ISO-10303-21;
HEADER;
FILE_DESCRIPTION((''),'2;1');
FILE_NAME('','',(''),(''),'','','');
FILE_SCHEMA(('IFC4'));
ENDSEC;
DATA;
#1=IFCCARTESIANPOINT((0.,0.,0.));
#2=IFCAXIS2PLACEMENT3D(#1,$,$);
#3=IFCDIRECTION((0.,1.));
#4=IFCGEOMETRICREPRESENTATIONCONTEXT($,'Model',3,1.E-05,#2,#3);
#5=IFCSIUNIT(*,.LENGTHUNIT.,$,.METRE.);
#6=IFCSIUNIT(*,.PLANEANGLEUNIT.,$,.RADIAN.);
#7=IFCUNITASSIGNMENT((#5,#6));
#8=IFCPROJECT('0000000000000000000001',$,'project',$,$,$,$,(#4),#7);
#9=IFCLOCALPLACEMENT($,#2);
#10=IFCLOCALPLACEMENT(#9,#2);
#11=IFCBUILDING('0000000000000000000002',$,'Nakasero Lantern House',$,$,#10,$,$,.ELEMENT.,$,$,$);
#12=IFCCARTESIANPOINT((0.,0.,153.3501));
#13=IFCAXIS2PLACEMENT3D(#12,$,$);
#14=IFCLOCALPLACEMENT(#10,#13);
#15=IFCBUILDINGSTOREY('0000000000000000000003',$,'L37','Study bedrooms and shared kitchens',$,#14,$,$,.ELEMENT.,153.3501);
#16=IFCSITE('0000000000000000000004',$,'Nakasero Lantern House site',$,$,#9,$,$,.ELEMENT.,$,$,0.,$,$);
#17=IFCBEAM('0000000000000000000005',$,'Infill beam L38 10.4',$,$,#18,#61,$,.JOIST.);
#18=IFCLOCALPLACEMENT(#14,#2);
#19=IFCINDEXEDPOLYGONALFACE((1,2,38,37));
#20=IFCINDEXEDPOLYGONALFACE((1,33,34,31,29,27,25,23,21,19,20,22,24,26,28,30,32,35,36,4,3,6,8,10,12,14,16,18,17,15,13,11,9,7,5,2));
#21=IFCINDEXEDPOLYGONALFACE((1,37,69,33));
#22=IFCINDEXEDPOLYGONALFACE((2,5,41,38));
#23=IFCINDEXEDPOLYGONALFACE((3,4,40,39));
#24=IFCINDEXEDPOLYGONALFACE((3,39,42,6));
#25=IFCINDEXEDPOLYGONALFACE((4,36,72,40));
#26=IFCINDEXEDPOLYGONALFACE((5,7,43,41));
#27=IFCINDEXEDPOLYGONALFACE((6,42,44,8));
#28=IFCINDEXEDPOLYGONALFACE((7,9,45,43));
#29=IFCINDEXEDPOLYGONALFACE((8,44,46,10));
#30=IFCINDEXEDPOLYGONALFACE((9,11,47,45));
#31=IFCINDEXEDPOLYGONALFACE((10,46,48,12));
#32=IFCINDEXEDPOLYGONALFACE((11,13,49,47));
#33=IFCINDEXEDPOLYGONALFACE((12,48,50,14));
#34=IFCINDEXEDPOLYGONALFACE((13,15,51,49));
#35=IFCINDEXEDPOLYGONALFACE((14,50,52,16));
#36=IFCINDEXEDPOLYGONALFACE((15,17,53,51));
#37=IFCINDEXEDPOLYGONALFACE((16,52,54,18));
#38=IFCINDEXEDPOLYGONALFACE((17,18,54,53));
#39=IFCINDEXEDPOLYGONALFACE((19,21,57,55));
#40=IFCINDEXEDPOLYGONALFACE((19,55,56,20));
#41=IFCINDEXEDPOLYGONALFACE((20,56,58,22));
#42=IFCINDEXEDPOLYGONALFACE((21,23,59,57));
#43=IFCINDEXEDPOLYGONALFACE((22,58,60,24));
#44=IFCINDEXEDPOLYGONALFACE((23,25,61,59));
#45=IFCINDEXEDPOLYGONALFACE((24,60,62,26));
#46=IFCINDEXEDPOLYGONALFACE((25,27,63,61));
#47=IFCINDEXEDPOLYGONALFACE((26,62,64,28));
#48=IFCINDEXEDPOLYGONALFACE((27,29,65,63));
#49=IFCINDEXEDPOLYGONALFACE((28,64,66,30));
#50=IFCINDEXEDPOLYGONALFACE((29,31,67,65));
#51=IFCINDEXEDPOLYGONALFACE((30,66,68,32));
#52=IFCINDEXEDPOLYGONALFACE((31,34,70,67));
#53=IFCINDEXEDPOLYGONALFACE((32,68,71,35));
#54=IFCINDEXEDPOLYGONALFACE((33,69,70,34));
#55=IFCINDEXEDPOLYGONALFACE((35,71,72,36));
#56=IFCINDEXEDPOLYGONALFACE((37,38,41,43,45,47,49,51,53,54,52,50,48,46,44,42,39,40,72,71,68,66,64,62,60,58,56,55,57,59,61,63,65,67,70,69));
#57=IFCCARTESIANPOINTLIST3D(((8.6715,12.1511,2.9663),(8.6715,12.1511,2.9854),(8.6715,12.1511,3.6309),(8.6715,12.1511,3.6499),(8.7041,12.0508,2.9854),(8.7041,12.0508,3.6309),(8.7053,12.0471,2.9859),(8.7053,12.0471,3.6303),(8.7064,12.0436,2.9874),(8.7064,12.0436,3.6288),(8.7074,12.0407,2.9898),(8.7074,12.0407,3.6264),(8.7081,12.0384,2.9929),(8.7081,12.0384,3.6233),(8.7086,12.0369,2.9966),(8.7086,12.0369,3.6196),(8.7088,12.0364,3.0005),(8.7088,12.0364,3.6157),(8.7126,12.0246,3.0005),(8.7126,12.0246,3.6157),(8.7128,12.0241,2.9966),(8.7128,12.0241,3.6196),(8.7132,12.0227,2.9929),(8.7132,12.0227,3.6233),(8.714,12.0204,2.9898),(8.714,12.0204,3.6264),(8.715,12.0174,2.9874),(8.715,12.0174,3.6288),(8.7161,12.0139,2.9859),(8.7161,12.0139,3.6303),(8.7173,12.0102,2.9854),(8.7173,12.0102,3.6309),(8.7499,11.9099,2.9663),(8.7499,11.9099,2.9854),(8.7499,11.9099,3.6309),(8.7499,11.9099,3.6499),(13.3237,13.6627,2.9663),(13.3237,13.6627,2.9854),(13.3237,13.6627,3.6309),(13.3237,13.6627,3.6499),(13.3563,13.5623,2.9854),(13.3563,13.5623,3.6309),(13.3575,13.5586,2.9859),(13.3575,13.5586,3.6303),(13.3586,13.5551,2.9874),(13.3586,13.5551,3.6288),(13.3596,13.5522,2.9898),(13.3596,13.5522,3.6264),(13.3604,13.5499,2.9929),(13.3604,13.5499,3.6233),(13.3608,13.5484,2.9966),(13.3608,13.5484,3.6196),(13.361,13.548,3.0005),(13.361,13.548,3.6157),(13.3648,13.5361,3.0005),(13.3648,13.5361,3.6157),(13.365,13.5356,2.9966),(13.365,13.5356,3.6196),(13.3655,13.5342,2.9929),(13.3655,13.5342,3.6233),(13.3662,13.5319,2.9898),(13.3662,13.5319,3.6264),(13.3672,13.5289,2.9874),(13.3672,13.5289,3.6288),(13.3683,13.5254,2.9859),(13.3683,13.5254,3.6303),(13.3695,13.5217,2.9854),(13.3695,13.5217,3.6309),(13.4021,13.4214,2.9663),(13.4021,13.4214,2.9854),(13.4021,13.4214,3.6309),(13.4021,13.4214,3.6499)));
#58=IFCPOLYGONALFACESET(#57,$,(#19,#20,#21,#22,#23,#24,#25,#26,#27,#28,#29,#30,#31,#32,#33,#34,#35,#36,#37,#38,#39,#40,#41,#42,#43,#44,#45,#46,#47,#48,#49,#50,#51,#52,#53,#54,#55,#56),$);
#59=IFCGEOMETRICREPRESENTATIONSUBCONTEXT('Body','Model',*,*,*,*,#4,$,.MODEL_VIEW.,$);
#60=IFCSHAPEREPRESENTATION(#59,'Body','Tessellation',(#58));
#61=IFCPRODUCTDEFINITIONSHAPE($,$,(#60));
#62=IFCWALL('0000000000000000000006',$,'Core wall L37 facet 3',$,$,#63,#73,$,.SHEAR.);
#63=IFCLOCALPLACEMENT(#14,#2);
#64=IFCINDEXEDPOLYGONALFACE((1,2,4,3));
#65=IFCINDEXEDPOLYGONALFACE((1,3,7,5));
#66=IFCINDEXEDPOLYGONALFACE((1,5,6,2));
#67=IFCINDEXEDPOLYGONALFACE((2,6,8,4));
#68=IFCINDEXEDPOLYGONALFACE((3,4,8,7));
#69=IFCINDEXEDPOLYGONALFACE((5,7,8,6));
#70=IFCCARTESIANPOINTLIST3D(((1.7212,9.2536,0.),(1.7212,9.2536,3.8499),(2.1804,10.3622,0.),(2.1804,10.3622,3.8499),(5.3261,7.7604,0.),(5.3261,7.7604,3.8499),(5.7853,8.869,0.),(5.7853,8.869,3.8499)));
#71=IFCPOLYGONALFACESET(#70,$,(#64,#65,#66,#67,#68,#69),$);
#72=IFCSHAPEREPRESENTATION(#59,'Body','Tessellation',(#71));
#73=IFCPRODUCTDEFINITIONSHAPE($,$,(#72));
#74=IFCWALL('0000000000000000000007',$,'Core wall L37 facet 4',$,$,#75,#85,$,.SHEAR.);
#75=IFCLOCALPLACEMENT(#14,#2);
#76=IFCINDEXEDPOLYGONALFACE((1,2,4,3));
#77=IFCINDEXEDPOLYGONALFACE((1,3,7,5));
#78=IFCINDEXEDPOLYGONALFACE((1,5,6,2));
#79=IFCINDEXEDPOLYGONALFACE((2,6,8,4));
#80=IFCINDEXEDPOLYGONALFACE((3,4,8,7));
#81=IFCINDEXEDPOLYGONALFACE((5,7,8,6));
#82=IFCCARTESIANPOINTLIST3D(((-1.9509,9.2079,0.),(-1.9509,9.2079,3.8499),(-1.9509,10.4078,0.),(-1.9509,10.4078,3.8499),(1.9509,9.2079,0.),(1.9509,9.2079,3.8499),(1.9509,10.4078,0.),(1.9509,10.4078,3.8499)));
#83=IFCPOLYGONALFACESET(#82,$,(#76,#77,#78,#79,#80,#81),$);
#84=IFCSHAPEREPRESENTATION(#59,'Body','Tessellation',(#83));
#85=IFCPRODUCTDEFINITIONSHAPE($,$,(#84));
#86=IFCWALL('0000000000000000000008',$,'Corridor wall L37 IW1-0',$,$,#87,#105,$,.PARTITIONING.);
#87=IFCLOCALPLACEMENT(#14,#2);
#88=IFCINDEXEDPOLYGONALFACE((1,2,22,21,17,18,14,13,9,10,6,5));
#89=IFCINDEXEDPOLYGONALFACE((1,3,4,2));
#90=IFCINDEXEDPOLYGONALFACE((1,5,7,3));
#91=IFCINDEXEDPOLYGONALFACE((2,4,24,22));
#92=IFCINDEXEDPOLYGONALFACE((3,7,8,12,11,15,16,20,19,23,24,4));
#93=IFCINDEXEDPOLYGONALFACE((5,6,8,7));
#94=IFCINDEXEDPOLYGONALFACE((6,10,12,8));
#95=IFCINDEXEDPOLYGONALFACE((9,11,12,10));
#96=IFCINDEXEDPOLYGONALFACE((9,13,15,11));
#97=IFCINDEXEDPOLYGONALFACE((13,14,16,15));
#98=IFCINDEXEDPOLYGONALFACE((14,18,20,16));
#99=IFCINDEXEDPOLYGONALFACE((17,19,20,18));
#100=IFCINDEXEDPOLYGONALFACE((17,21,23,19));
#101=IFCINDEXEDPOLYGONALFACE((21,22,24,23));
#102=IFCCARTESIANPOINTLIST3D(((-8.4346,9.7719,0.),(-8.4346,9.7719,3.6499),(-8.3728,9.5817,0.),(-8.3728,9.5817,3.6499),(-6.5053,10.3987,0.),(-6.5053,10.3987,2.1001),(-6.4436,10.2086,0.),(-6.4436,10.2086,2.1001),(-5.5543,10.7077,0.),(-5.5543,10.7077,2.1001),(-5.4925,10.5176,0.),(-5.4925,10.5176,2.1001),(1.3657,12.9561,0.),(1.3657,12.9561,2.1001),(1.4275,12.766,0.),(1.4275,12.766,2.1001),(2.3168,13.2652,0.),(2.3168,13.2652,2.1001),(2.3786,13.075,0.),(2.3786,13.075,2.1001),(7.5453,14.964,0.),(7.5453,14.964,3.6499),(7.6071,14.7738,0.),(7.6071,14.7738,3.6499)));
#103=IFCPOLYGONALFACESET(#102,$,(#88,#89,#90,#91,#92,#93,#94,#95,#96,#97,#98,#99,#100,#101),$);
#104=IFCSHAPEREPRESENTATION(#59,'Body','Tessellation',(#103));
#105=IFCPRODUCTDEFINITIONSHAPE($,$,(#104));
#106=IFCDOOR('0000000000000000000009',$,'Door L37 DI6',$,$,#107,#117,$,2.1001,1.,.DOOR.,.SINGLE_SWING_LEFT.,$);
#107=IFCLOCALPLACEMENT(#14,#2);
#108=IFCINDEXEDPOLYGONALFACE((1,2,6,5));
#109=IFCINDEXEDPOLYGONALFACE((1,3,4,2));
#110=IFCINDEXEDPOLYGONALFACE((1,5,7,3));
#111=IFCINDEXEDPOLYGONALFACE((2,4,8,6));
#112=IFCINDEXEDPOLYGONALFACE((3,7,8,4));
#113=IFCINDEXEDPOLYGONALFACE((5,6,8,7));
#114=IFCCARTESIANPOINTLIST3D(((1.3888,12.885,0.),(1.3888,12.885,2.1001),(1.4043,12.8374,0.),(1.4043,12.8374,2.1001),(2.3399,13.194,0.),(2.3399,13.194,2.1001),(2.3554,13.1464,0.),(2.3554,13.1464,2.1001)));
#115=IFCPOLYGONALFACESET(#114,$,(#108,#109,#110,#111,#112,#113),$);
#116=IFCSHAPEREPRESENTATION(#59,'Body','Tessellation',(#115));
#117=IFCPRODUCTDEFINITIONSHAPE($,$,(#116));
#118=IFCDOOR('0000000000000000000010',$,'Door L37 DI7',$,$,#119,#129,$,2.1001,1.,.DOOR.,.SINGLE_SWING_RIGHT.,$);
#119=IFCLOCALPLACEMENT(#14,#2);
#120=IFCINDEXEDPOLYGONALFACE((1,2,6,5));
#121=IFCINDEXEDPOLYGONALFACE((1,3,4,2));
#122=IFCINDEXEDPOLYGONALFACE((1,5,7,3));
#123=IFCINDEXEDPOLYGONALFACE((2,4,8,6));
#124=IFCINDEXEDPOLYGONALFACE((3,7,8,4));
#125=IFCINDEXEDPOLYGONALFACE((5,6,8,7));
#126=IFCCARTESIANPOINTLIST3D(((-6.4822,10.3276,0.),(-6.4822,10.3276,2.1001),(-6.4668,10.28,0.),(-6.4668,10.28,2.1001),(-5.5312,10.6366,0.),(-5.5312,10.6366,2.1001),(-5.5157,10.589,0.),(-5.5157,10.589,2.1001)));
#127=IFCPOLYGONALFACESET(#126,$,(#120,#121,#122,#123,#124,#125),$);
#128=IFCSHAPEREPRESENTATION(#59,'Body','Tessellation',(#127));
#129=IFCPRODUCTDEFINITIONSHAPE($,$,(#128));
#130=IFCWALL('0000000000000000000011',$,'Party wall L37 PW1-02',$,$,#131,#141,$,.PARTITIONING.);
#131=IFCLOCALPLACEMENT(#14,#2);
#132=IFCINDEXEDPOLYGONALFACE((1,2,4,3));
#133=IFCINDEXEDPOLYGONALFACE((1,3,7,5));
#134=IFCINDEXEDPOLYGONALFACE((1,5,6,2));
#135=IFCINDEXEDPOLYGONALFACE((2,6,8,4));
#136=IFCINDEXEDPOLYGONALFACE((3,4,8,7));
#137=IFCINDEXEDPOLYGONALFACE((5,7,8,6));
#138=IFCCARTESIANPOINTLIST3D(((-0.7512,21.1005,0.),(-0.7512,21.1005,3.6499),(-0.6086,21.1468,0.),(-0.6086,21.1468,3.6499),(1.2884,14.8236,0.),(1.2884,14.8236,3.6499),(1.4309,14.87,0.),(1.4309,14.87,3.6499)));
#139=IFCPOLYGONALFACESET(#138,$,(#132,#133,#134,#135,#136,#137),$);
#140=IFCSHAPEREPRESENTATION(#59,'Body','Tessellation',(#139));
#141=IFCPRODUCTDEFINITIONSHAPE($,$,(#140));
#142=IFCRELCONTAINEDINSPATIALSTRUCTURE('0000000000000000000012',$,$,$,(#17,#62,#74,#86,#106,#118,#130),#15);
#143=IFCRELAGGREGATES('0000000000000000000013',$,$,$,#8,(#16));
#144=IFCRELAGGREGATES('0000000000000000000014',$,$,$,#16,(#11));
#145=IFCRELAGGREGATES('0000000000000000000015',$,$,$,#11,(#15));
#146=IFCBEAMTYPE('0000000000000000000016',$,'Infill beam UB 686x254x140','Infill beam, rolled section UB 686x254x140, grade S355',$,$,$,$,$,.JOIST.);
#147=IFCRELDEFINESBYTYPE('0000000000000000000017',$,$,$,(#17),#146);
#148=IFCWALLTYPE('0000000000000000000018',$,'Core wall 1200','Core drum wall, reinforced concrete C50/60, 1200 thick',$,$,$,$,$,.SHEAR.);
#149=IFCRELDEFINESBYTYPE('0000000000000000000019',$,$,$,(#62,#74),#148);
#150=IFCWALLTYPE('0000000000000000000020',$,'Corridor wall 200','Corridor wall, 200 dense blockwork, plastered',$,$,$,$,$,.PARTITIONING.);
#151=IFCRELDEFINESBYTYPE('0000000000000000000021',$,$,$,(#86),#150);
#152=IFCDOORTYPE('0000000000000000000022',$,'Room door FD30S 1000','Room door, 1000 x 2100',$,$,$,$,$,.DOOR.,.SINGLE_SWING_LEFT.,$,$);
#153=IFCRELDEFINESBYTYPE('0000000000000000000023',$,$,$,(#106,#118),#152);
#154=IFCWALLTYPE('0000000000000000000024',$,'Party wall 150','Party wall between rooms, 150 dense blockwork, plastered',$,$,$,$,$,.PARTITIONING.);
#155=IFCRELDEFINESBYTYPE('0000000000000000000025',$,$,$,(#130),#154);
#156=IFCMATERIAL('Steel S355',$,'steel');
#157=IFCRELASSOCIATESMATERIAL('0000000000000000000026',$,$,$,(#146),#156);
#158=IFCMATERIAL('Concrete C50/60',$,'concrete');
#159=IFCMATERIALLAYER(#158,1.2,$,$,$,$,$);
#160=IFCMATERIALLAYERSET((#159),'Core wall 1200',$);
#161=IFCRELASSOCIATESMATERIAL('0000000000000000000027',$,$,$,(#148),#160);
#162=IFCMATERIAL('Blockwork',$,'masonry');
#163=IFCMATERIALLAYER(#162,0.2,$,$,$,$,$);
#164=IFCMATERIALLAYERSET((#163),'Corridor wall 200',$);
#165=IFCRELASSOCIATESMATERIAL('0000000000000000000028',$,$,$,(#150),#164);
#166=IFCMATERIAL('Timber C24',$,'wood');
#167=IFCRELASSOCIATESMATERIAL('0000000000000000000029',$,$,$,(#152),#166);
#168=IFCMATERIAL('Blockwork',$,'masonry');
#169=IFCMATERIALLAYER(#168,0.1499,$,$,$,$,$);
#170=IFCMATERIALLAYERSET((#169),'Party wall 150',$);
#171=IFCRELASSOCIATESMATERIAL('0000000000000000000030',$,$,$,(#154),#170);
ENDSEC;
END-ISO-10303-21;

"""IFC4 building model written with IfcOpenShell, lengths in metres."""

from ifc_helpers import new_model, si_unit, direction, frame, frame_2d, origin, origin_2d, place, context, subcontext, project, spatial, rectangle, i_section, extrude, material, layer, layer_set, material_profile, profile_set, type_object, element, fill, save


model = new_model("IFC4")

# Units and contexts
model_context = context("Model", 3, precision=1e-05, world=origin(), true_north=direction((0.0, 1.0)))
body_context = subcontext(model_context, "Body", "Model", "MODEL_VIEW")
ifc_project = project(units=[si_unit("LENGTHUNIT", "METRE"), si_unit("PLANEANGLEUNIT", "RADIAN")], contexts=[model_context])

# Site, building, storey
site_placement = place(None, origin())
site = spatial("IfcSite", under=ifc_project, at=site_placement, Name="Nakasero Lantern House site", CompositionType="ELEMENT", RefElevation=0.0)
building_placement = place(site_placement, origin())
building = spatial("IfcBuilding", under=site, at=building_placement, Name="Nakasero Lantern House", CompositionType="ELEMENT")
storey_placement = place(building_placement, frame((0.0, 0.0, 153.3501)))
storey = spatial("IfcBuildingStorey", under=building, at=storey_placement, Name="L37", Description="Study bedrooms and shared kitchens", CompositionType="ELEMENT", Elevation=153.3501)

# Beam
ifc_material_1 = material(Name="Steel S355", Category="steel")
ifc_material_profile_1 = material_profile(ifc_material_1, i_section(OverallWidth=0.2537, OverallDepth=0.6836, WebThickness=0.0125, FlangeThickness=0.019, FilletRadius=0.0151, at=origin_2d()), Name="UB 686x254x140")
ifc_profile_set_1 = profile_set([ifc_material_profile_1], Name="Steel S355")
beam_type_1 = type_object("IfcBeamType", Name="Infill beam UB 686x254x140", Description="Infill beam, rolled section UB 686x254x140, grade S355", PredefinedType="JOIST", material=ifc_profile_set_1)
beam_1_placement = place(storey_placement, frame((8.7107, 12.0305, 3.3081), z_axis=(0.951062, 0.309001, 0.0), x_axis=(-0.309001, 0.951062, 0.0)))
element("IfcBeam", 1, at=beam_1_placement, inside=storey, type_object=beam_type_1, Name="Infill beam L38 10.4", PredefinedType="JOIST", context=body_context, shape_type="SweptSolid", body=[
    extrude(i_section(OverallWidth=0.2537, OverallDepth=0.6836, WebThickness=0.0125, FlangeThickness=0.019, FilletRadius=0.0151, at=origin_2d()), origin(), (0.0, 0.0, 1.0), 4.8916),
])

# Walls
ifc_material_2 = material(Name="Concrete C50/60", Category="concrete")
ifc_layer_1 = layer(ifc_material_2, 1.2)
ifc_layer_set_1 = layer_set([ifc_layer_1], Name="Core wall 1200")
wall_type_1 = type_object("IfcWallType", Name="Core wall 1200", Description="Core drum wall, reinforced concrete C50/60, 1200 thick", PredefinedType="SHEAR", material=ifc_layer_set_1)
for number, where, z_axis, x_axis, name in (
    (2, (5.5557, 8.3147, 0.0), (0.0, 0.0, 1.0), (-0.923877, 0.382691, 0.0), "Core wall L37 facet 3"),
    (3, (1.9509, 9.8079, 0.0), (0.0, 0.0, 1.0), (-1.0, 0.0, 0.0), "Core wall L37 facet 4"),
):
    element("IfcWall", number, at=place(storey_placement, frame(where, z_axis=z_axis, x_axis=x_axis)), inside=storey, type_object=wall_type_1, Name=name, PredefinedType="SHEAR", context=body_context, shape_type="SweptSolid", body=[
        extrude(rectangle(XDim=3.9019, YDim=1.2, at=frame_2d((1.9509, 0.0))), origin(), (0.0, 0.0, 1.0), 3.8499),
    ])

# Wall, openings, doors
ifc_material_3 = material(Name="Blockwork", Category="masonry")
ifc_layer_2 = layer(ifc_material_3, 0.2)
ifc_layer_set_2 = layer_set([ifc_layer_2], Name="Corridor wall 200")
wall_type_2 = type_object("IfcWallType", Name="Corridor wall 200", Description="Corridor wall, 200 dense blockwork, plastered", PredefinedType="PARTITIONING", material=ifc_layer_set_2)
wall_1_placement = place(storey_placement, frame((7.5762, 14.8689, 0.0), z_axis=(0.0, 0.0, 1.0), x_axis=(-0.951058, -0.309013, 0.0)))
wall_1 = element("IfcWall", 4, at=wall_1_placement, inside=storey, type_object=wall_type_2, Name="Corridor wall L37 IW1-0", PredefinedType="PARTITIONING", context=body_context, shape_type="SweptSolid", body=[
    extrude(rectangle(XDim=16.8022, YDim=0.2, at=frame_2d((8.4011, 0.0))), origin(), (0.0, 0.0, 1.0), 3.6499),
])
opening_1_placement = place(wall_1_placement, frame((5.4976, 0.0, 0.0)))
opening_1 = element("IfcOpeningElement", 5, at=opening_1_placement, cuts=wall_1, PredefinedType="OPENING", context=body_context, shape_type="SweptSolid", body=[
    extrude(rectangle(XDim=1.0, YDim=2.1001, at=frame_2d((0.5, 1.05))), frame((0.0, 0.1199, 0.0), z_axis=(0.0, -1.0, 0.0), x_axis=(1.0, 0.0, 0.0)), (0.0, 0.0, 1.0), 0.24),
])
opening_2_placement = place(wall_1_placement, frame((13.7737, 0.0, 0.0)))
opening_2 = element("IfcOpeningElement", 6, at=opening_2_placement, cuts=wall_1, PredefinedType="OPENING", context=body_context, shape_type="SweptSolid", body=[
    extrude(rectangle(XDim=1.0, YDim=2.1001, at=frame_2d((0.5, 1.05))), frame((0.0, 0.1199, 0.0), z_axis=(0.0, -1.0, 0.0), x_axis=(1.0, 0.0, 0.0)), (0.0, 0.0, 1.0), 0.24),
])
ifc_material_4 = material(Name="Timber C24", Category="wood")
door_type = type_object("IfcDoorType", Name="Room door FD30S 1000", Description="Room door, 1000 x 2100", OperationType="SINGLE_SWING_LEFT", PredefinedType="DOOR", material=ifc_material_4)
door_1_placement = place(opening_1_placement, origin())
door_1 = element("IfcDoor", 7, at=door_1_placement, inside=storey, type_object=door_type, Name="Door L37 DI6", OperationType="SINGLE_SWING_LEFT", OverallHeight=2.1001, OverallWidth=1.0, PredefinedType="DOOR", context=body_context, shape_type="SweptSolid", body=[
    extrude(rectangle(XDim=1.0, YDim=2.1001, at=frame_2d((0.5, 1.05))), frame((0.0, 0.0249, 0.0), z_axis=(0.0, -1.0, 0.0), x_axis=(1.0, 0.0, 0.0)), (0.0, 0.0, 1.0), 0.05),
])
fill(opening_1, door_1)
door_2_placement = place(opening_2_placement, origin())
door_2 = element("IfcDoor", 8, at=door_2_placement, inside=storey, type_object=door_type, Name="Door L37 DI7", OperationType="SINGLE_SWING_RIGHT", OverallHeight=2.1001, OverallWidth=1.0, PredefinedType="DOOR", context=body_context, shape_type="SweptSolid", body=[
    extrude(rectangle(XDim=1.0, YDim=2.1001, at=frame_2d((0.5, 1.05))), frame((0.0, 0.0249, 0.0), z_axis=(0.0, -1.0, 0.0), x_axis=(1.0, 0.0, 0.0)), (0.0, 0.0, 1.0), 0.05),
])
fill(opening_2, door_2)

# Wall
ifc_material_5 = material(Name="Blockwork", Category="masonry")
ifc_layer_3 = layer(ifc_material_5, 0.1499)
ifc_layer_set_3 = layer_set([ifc_layer_3], Name="Party wall 150")
wall_type_3 = type_object("IfcWallType", Name="Party wall 150", Description="Party wall between rooms, 150 dense blockwork, plastered", PredefinedType="PARTITIONING", material=ifc_layer_set_3)
wall_2_placement = place(storey_placement, frame((1.3596, 14.8469, 0.0), z_axis=(0.0, 0.0, 1.0), x_axis=(-0.309028, 0.951053, 0.0)))
element("IfcWall", 9, at=wall_2_placement, inside=storey, type_object=wall_type_3, Name="Party wall L37 PW1-02", PredefinedType="PARTITIONING", context=body_context, shape_type="SweptSolid", body=[
    extrude(rectangle(XDim=6.5999, YDim=0.1499, at=frame_2d((3.2998, 0.0))), origin(), (0.0, 0.0, 1.0), 3.6499),
])

save(model, "model.ifc")
